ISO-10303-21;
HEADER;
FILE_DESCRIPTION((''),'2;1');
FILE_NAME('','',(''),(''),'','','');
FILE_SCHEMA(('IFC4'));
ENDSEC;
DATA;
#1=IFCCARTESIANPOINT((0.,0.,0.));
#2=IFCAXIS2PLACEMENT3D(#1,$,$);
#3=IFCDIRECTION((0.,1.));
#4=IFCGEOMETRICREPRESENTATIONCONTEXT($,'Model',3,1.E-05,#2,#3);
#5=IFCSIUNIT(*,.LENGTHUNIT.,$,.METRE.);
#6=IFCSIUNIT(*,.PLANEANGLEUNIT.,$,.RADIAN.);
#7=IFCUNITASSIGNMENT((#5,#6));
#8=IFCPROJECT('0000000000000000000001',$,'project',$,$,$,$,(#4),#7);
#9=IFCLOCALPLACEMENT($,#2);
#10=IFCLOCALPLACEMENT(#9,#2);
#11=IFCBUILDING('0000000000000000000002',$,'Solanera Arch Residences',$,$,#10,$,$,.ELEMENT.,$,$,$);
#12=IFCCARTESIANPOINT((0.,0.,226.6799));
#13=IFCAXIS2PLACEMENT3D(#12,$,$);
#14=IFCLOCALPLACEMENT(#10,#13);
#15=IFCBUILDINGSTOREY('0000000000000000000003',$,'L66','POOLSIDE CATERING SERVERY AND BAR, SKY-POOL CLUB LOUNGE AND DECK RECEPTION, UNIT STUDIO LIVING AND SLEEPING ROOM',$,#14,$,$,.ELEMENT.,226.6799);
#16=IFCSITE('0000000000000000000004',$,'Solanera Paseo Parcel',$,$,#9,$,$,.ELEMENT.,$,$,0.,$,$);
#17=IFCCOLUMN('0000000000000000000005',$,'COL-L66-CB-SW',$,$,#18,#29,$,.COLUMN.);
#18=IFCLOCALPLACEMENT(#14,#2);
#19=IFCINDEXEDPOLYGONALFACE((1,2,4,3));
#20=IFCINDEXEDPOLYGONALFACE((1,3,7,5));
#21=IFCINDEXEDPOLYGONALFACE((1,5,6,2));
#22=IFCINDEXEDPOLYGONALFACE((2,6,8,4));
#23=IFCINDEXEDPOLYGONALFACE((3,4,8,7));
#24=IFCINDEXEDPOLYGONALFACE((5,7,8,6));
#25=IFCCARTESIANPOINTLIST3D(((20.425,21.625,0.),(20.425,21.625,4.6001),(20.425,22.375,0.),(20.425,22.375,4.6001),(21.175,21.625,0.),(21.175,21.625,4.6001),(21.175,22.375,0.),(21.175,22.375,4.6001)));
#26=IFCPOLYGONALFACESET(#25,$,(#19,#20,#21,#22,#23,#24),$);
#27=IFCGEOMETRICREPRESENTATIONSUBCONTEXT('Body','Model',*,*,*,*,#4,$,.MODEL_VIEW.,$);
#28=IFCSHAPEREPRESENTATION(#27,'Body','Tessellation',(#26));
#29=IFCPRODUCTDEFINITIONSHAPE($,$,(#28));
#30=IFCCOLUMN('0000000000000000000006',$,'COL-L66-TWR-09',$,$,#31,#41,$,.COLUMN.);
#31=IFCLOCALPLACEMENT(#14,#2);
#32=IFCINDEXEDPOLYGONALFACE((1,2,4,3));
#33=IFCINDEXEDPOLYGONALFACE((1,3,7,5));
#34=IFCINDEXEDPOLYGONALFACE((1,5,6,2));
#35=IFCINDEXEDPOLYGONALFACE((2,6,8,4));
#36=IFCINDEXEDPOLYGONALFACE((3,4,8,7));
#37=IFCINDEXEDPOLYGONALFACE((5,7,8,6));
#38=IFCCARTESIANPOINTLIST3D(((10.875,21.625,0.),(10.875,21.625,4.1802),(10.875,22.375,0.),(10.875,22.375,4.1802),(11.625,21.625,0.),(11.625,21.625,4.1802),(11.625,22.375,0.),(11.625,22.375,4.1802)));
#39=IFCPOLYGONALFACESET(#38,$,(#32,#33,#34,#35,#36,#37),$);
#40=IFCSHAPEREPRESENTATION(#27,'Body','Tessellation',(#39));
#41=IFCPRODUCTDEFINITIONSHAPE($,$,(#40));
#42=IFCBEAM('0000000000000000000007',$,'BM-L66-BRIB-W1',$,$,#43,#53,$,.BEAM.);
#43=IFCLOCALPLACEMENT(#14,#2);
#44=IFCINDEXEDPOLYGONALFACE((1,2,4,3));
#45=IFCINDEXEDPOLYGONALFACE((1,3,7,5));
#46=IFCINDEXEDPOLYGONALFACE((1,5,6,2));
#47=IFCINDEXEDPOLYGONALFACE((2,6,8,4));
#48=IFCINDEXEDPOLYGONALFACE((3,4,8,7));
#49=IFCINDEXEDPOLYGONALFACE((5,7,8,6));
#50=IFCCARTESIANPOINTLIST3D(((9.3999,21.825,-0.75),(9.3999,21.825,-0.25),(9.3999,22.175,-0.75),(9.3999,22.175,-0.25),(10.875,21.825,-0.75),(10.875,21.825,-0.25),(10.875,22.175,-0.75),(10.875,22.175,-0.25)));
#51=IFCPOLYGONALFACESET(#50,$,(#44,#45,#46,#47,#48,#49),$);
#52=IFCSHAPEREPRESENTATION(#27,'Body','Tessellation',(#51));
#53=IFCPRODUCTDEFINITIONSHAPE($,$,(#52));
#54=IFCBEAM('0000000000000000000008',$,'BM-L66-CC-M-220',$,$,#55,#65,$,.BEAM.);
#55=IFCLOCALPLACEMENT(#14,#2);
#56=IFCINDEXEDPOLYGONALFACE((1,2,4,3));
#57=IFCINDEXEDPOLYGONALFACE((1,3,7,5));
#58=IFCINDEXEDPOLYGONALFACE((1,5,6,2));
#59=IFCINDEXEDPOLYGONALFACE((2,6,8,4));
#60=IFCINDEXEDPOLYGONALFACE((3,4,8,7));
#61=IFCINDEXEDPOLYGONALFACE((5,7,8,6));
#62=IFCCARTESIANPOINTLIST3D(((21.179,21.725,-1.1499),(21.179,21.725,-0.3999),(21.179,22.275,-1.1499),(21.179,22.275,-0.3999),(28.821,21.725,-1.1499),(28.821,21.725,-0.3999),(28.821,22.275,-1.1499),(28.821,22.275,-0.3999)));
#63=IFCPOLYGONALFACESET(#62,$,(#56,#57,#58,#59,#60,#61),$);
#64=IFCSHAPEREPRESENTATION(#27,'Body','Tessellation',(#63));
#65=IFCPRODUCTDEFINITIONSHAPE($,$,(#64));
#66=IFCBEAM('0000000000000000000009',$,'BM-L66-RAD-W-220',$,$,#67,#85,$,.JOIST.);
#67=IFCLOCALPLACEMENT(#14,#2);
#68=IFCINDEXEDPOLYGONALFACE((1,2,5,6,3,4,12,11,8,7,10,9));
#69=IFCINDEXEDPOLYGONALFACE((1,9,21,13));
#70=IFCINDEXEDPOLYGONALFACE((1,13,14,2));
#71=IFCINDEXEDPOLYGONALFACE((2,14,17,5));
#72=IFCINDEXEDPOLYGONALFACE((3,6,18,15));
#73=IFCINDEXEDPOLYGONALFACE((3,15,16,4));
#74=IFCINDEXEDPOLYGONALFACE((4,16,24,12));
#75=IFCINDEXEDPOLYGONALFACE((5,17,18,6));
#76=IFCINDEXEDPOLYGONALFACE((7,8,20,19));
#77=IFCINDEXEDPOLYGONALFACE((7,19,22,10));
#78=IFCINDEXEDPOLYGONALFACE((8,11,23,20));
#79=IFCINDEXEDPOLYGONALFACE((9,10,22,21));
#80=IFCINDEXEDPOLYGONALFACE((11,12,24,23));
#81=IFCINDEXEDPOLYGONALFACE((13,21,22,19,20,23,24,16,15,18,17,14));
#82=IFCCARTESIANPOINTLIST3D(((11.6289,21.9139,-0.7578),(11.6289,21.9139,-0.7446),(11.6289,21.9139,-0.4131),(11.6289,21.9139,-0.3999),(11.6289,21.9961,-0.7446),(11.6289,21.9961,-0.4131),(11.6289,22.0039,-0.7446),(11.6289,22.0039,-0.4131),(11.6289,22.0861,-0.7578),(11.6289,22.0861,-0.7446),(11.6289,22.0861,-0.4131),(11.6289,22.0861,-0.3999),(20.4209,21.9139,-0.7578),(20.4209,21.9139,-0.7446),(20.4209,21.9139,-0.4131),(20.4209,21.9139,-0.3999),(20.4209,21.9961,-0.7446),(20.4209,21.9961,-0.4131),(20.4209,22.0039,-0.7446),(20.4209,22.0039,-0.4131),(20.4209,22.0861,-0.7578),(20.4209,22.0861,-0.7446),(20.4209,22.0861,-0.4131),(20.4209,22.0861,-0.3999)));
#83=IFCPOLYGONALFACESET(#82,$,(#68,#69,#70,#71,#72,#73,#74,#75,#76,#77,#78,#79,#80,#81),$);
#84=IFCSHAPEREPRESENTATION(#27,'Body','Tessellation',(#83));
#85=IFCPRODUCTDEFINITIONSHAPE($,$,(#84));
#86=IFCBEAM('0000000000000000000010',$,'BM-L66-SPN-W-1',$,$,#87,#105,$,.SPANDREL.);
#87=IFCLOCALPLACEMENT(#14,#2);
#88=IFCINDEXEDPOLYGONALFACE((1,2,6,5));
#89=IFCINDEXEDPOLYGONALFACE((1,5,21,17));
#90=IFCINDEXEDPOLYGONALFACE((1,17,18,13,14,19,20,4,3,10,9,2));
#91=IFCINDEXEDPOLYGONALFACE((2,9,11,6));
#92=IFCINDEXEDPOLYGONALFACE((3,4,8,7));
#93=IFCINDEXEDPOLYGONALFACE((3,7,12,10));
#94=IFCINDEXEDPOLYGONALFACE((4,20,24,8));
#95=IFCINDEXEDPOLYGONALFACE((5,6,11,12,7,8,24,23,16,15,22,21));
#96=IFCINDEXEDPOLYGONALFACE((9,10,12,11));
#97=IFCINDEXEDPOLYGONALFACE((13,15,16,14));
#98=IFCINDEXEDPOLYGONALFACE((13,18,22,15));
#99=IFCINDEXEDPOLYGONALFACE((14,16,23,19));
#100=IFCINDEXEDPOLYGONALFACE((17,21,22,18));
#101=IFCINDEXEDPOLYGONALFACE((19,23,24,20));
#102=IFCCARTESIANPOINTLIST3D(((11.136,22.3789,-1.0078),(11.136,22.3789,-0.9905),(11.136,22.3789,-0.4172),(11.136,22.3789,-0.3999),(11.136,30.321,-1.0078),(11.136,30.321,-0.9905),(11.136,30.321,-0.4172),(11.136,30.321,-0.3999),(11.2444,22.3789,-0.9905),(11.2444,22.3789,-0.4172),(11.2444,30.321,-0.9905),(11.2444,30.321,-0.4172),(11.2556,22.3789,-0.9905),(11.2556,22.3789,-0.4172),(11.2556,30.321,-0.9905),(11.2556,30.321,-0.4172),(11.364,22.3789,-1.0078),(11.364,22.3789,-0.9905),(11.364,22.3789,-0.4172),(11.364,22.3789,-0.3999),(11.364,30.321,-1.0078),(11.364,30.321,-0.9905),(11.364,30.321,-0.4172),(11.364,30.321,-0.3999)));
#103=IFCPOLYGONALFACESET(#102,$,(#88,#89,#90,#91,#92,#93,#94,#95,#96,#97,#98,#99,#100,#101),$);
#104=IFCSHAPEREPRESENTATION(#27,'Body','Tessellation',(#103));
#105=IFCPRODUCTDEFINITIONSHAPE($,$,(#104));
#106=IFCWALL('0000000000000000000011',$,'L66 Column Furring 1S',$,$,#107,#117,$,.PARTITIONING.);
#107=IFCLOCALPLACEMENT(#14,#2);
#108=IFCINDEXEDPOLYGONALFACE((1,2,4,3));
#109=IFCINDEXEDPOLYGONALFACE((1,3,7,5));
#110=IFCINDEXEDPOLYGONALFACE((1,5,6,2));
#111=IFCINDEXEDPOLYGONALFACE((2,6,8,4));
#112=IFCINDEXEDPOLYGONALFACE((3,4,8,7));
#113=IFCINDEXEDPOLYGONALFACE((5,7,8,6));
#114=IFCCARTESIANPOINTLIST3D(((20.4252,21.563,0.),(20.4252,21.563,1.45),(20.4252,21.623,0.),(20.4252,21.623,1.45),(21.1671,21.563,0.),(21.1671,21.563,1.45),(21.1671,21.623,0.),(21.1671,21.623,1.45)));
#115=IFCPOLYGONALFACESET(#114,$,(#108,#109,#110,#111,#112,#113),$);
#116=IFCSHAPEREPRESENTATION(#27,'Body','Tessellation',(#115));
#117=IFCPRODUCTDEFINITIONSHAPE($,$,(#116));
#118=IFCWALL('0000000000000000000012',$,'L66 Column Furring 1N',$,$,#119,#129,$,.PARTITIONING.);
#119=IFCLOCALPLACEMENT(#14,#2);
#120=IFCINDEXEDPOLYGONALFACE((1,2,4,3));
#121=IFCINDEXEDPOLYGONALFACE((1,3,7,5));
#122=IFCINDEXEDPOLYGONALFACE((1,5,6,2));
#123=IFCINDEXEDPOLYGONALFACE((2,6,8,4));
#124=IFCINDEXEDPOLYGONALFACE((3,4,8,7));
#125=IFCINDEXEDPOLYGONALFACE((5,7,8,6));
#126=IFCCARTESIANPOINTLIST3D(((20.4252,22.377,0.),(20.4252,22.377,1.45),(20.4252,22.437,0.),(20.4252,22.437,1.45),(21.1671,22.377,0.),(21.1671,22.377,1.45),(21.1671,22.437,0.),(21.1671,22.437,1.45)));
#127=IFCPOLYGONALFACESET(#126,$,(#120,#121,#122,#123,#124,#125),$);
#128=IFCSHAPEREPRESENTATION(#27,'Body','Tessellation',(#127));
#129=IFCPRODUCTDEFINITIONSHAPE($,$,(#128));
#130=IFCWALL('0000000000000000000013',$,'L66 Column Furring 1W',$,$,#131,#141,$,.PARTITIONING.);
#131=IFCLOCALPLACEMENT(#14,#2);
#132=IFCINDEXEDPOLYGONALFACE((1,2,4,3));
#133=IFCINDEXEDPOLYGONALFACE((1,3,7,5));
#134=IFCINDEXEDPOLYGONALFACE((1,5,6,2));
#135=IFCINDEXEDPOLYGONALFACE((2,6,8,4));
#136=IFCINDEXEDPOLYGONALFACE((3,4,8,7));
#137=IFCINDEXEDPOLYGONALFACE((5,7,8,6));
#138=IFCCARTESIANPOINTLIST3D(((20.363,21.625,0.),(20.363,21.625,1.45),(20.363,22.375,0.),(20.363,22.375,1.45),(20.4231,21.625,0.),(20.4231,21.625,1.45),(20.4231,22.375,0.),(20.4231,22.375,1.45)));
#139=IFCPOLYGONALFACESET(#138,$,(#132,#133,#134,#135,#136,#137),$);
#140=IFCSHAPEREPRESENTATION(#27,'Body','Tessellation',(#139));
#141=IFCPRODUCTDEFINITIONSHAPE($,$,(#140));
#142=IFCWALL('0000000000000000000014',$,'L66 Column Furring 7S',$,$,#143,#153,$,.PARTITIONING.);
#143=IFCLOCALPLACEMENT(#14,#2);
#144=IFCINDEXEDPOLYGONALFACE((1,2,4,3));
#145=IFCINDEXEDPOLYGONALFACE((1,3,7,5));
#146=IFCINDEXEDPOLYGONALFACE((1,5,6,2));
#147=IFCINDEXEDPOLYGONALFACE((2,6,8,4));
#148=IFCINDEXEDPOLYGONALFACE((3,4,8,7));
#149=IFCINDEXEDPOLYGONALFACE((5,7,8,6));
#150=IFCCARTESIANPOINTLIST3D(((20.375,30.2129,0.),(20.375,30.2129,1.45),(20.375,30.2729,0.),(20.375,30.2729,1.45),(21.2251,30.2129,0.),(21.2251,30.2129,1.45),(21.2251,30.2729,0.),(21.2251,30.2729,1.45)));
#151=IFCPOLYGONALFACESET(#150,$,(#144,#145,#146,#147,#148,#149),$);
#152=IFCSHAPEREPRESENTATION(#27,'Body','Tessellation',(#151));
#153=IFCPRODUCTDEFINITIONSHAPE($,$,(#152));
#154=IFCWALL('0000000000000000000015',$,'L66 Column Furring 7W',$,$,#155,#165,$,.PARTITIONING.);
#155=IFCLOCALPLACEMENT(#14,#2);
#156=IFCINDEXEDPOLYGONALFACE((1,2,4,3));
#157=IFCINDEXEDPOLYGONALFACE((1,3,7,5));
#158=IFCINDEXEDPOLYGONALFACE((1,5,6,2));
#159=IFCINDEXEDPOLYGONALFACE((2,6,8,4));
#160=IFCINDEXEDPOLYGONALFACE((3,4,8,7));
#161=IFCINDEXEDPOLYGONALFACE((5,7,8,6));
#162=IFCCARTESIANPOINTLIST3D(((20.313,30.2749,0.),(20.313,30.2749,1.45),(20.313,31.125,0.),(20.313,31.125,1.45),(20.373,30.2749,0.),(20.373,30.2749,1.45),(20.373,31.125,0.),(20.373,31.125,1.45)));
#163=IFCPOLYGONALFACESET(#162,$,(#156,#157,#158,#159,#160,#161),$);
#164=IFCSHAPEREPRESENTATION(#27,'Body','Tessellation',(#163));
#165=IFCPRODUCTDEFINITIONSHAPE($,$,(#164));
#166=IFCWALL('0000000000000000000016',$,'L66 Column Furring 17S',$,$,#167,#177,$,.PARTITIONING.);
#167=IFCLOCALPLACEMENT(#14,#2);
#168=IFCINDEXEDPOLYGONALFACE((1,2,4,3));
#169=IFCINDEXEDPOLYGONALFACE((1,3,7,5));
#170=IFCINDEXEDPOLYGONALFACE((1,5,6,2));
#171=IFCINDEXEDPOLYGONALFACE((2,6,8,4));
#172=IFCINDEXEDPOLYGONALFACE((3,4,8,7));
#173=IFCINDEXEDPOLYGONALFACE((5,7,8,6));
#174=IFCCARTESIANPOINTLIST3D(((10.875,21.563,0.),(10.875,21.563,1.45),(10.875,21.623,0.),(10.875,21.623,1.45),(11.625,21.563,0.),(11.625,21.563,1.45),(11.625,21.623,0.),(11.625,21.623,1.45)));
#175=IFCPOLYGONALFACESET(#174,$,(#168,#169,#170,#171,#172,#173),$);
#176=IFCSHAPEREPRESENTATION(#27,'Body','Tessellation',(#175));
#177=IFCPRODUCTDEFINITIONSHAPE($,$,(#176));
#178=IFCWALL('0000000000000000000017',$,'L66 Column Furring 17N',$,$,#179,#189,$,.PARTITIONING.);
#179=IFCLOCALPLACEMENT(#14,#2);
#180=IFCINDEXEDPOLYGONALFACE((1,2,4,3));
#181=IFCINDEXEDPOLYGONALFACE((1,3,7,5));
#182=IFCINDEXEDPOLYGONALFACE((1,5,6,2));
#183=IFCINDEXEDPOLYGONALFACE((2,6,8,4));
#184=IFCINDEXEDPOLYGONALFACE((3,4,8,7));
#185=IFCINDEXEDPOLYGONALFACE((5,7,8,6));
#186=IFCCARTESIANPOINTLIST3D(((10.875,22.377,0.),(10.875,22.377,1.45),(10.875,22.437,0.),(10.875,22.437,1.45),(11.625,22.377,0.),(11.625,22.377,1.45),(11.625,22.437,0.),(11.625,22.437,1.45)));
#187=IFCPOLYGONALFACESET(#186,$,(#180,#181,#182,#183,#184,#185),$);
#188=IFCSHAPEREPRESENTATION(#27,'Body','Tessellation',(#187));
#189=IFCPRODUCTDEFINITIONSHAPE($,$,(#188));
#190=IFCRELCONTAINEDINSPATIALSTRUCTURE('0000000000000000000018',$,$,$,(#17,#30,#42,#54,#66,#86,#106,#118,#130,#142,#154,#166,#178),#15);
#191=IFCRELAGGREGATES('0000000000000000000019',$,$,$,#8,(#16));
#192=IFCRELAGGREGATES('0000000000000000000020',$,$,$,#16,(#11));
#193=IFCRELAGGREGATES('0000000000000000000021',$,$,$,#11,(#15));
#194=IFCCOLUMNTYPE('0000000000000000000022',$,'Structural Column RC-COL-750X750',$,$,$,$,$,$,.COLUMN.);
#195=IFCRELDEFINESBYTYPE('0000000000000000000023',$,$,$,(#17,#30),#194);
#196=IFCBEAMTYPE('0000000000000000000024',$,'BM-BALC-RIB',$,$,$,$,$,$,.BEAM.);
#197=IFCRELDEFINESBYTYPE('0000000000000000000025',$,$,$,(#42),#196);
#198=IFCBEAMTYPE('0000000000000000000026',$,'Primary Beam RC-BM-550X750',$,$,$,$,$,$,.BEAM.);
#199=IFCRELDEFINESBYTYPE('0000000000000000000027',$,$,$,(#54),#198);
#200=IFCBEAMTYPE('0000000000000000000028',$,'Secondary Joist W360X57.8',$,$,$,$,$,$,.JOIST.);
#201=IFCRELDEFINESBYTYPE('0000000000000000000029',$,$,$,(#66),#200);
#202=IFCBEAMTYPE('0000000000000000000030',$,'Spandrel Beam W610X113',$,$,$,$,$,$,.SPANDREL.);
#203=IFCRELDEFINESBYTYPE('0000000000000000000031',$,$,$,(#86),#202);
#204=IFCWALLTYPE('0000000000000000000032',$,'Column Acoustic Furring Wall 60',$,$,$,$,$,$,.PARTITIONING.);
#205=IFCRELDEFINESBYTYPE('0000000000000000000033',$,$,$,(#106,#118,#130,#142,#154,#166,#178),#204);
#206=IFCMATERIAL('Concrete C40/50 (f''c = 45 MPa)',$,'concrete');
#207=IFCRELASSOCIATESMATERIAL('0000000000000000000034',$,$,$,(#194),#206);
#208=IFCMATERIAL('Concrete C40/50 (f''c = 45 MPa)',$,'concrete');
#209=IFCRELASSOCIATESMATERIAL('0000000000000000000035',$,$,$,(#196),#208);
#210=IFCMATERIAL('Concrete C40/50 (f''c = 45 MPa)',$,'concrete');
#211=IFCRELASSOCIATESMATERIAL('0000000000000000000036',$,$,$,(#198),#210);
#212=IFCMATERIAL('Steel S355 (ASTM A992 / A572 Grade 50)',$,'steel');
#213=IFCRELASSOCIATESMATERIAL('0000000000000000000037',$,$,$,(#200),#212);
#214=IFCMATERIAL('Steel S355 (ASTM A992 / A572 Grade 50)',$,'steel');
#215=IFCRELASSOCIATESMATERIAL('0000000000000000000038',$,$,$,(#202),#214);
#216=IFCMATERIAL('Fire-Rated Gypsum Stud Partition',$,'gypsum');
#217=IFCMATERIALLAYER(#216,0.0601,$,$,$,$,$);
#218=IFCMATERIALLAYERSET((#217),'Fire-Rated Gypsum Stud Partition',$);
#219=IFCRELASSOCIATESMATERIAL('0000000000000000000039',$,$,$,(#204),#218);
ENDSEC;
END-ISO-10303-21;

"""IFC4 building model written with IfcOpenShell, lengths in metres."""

from ifc_helpers import new_model, si_unit, direction, frame, frame_2d, origin, origin_2d, place, context, subcontext, project, spatial, rectangle, i_section, extrude, material, layer, layer_set, material_profile, profile_set, type_object, element, save


model = new_model("IFC4")

# Units and contexts
model_context = context("Model", 3, precision=1e-05, world=origin(), true_north=direction((0.0, 1.0)))
body_context = subcontext(model_context, "Body", "Model", "MODEL_VIEW")
ifc_project = project(units=[si_unit("LENGTHUNIT", "METRE"), si_unit("PLANEANGLEUNIT", "RADIAN")], contexts=[model_context])

# Site, building, storey
site_placement = place(None, origin())
site = spatial("IfcSite", under=ifc_project, at=site_placement, Name="Solanera Paseo Parcel", CompositionType="ELEMENT", RefElevation=0.0)
building_placement = place(site_placement, origin())
building = spatial("IfcBuilding", under=site, at=building_placement, Name="Solanera Arch Residences", CompositionType="ELEMENT")
storey_placement = place(building_placement, frame((0.0, 0.0, 226.6799)))
storey = spatial("IfcBuildingStorey", under=building, at=storey_placement, Name="L66", Description="POOLSIDE CATERING SERVERY AND BAR, SKY-POOL CLUB LOUNGE AND DECK RECEPTION, UNIT STUDIO LIVING AND SLEEPING ROOM", CompositionType="ELEMENT", Elevation=226.6799)

# Columns
ifc_material_1 = material(Name="Concrete C40/50 (f'c = 45 MPa)", Category="concrete")
ifc_material_profile_1 = material_profile(ifc_material_1, rectangle(XDim=0.75, YDim=0.75, at=origin_2d()))
ifc_profile_set_1 = profile_set([ifc_material_profile_1], Name="Concrete C40/50 (f'c = 45 MPa)")
column_type = type_object("IfcColumnType", Name="Structural Column RC-COL-750X750", PredefinedType="COLUMN", material=ifc_profile_set_1)
column_1_placement = place(storey_placement, frame((20.8, 22.0, 0.0), z_axis=(0.0, 0.0, 1.0), x_axis=(1.0, 0.0, 0.0)))
element("IfcColumn", 1, at=column_1_placement, inside=storey, type_object=column_type, Name="COL-L66-CB-SW", PredefinedType="COLUMN", context=body_context, shape_type="SweptSolid", body=[
    extrude(rectangle(XDim=0.75, YDim=0.75, at=origin_2d()), origin(), (0.0, 0.0, 1.0), 4.6001),
])
column_2_placement = place(storey_placement, frame((11.25, 22.0, 0.0), z_axis=(0.0, 0.0, 1.0), x_axis=(1.0, 0.0, 0.0)))
element("IfcColumn", 2, at=column_2_placement, inside=storey, type_object=column_type, Name="COL-L66-TWR-09", PredefinedType="COLUMN", context=body_context, shape_type="SweptSolid", body=[
    extrude(rectangle(XDim=0.75, YDim=0.75, at=origin_2d()), origin(), (0.0, 0.0, 1.0), 4.1802),
])

# Beams
ifc_material_2 = material(Name="Concrete C40/50 (f'c = 45 MPa)", Category="concrete")
ifc_material_profile_2 = material_profile(ifc_material_2, rectangle(XDim=0.3501, YDim=0.5, at=origin_2d()))
ifc_profile_set_2 = profile_set([ifc_material_profile_2], Name="Concrete C40/50 (f'c = 45 MPa)")
beam_type_1 = type_object("IfcBeamType", Name="BM-BALC-RIB", PredefinedType="BEAM", material=ifc_profile_set_2)
beam_1_placement = place(storey_placement, frame((9.3999, 22.0, -0.5), z_axis=(1.0, 0.0, 0.0), x_axis=(0.0, 1.0, 0.0)))
element("IfcBeam", 3, at=beam_1_placement, inside=storey, type_object=beam_type_1, Name="BM-L66-BRIB-W1", PredefinedType="BEAM", context=body_context, shape_type="SweptSolid", body=[
    extrude(rectangle(XDim=0.3501, YDim=0.5, at=origin_2d()), origin(), (0.0, 0.0, 1.0), 1.4751),
])
ifc_material_3 = material(Name="Concrete C40/50 (f'c = 45 MPa)", Category="concrete")
ifc_material_profile_3 = material_profile(ifc_material_3, rectangle(XDim=0.55, YDim=0.75, at=origin_2d()))
ifc_profile_set_3 = profile_set([ifc_material_profile_3], Name="Concrete C40/50 (f'c = 45 MPa)")
beam_type_2 = type_object("IfcBeamType", Name="Primary Beam RC-BM-550X750", PredefinedType="BEAM", material=ifc_profile_set_3)
beam_2_placement = place(storey_placement, frame((21.179, 22.0, -0.7749), z_axis=(1.0, 0.0, 0.0), x_axis=(0.0, 1.0, 0.0)))
element("IfcBeam", 4, at=beam_2_placement, inside=storey, type_object=beam_type_2, Name="BM-L66-CC-M-220", PredefinedType="BEAM", context=body_context, shape_type="SweptSolid", body=[
    extrude(rectangle(XDim=0.55, YDim=0.75, at=origin_2d()), origin(), (0.0, 0.0, 1.0), 7.6421),
])
ifc_material_4 = material(Name="Steel S355 (ASTM A992 / A572 Grade 50)", Category="steel")
ifc_material_profile_4 = material_profile(ifc_material_4, i_section(OverallWidth=0.1721, OverallDepth=0.3579, WebThickness=0.0078, FlangeThickness=0.0132, at=origin_2d()))
ifc_profile_set_4 = profile_set([ifc_material_profile_4], Name="Steel S355 (ASTM A992 / A572 Grade 50)")
beam_type_3 = type_object("IfcBeamType", Name="Secondary Joist W360X57.8", PredefinedType="JOIST", material=ifc_profile_set_4)
beam_3_placement = place(storey_placement, frame((11.6289, 22.0, -0.5789), z_axis=(1.0, 0.0, 0.0), x_axis=(0.0, 1.0, 0.0)))
element("IfcBeam", 5, at=beam_3_placement, inside=storey, type_object=beam_type_3, Name="BM-L66-RAD-W-220", PredefinedType="JOIST", context=body_context, shape_type="SweptSolid", body=[
    extrude(i_section(OverallWidth=0.1721, OverallDepth=0.3579, WebThickness=0.0078, FlangeThickness=0.0132, at=origin_2d()), origin(), (0.0, 0.0, 1.0), 8.792),
])
ifc_material_5 = material(Name="Steel S355 (ASTM A992 / A572 Grade 50)", Category="steel")
ifc_material_profile_5 = material_profile(ifc_material_5, i_section(OverallWidth=0.228, OverallDepth=0.6079, WebThickness=0.0112, FlangeThickness=0.0173, at=origin_2d()))
ifc_profile_set_5 = profile_set([ifc_material_profile_5], Name="Steel S355 (ASTM A992 / A572 Grade 50)")
beam_type_4 = type_object("IfcBeamType", Name="Spandrel Beam W610X113", PredefinedType="SPANDREL", material=ifc_profile_set_5)
beam_4_placement = place(storey_placement, frame((11.25, 22.3789, -0.7039), z_axis=(0.0, 1.0, 0.0), x_axis=(-1.0, 0.0, 0.0)))
element("IfcBeam", 6, at=beam_4_placement, inside=storey, type_object=beam_type_4, Name="BM-L66-SPN-W-1", PredefinedType="SPANDREL", context=body_context, shape_type="SweptSolid", body=[
    extrude(i_section(OverallWidth=0.228, OverallDepth=0.6079, WebThickness=0.0112, FlangeThickness=0.0173, at=origin_2d()), origin(), (0.0, 0.0, 1.0), 7.9421),
])

# Walls
ifc_material_6 = material(Name="Fire-Rated Gypsum Stud Partition", Category="gypsum")
ifc_layer_1 = layer(ifc_material_6, 0.0601)
ifc_layer_set_1 = layer_set([ifc_layer_1], Name="Fire-Rated Gypsum Stud Partition")
wall_type_1 = type_object("IfcWallType", Name="Column Acoustic Furring Wall 60", PredefinedType="PARTITIONING", material=ifc_layer_set_1)
for number, where, z_axis, x_axis, name in (
    (7, (20.425, 21.593, 0.0), (0.0, 0.0, 1.0), (1.0, 0.0, 0.0), "L66 Column Furring 1S"),
    (8, (20.425, 22.407, 0.0), (0.0, 0.0, 1.0), (1.0, 0.0, 0.0), "L66 Column Furring 1N"),
):
    element("IfcWall", number, at=place(storey_placement, frame(where, z_axis=z_axis, x_axis=x_axis)), inside=storey, type_object=wall_type_1, Name=name, PredefinedType="PARTITIONING", context=body_context, shape_type="SweptSolid", body=[
        extrude(rectangle(XDim=0.7419, YDim=0.0601, at=frame_2d((0.3711, 0.0))), origin(), (0.0, 0.0, 1.0), 1.45),
    ])
wall_1_placement = place(storey_placement, frame((20.3931, 21.625, 0.0), z_axis=(0.0, 0.0, 1.0), x_axis=(0.0, 1.0, 0.0)))
element("IfcWall", 9, at=wall_1_placement, inside=storey, type_object=wall_type_1, Name="L66 Column Furring 1W", PredefinedType="PARTITIONING", context=body_context, shape_type="SweptSolid", body=[
    extrude(rectangle(XDim=0.75, YDim=0.0601, at=frame_2d((0.375, 0.0))), origin(), (0.0, 0.0, 1.0), 1.45),
])
for number, where, z_axis, x_axis, name in (
    (10, (20.375, 30.2429, 0.0), (0.0, 0.0, 1.0), (1.0, 0.0, 0.0), "L66 Column Furring 7S"),
    (11, (20.343, 30.2749, 0.0), (0.0, 0.0, 1.0), (0.0, 1.0, 0.0), "L66 Column Furring 7W"),
):
    element("IfcWall", number, at=place(storey_placement, frame(where, z_axis=z_axis, x_axis=x_axis)), inside=storey, type_object=wall_type_1, Name=name, PredefinedType="PARTITIONING", context=body_context, shape_type="SweptSolid", body=[
        extrude(rectangle(XDim=0.8501, YDim=0.0601, at=frame_2d((0.425, 0.0))), origin(), (0.0, 0.0, 1.0), 1.45),
    ])
for number, where, z_axis, x_axis, name in (
    (12, (10.875, 21.593, 0.0), (0.0, 0.0, 1.0), (1.0, 0.0, 0.0), "L66 Column Furring 17S"),
    (13, (10.875, 22.407, 0.0), (0.0, 0.0, 1.0), (1.0, 0.0, 0.0), "L66 Column Furring 17N"),
):
    element("IfcWall", number, at=place(storey_placement, frame(where, z_axis=z_axis, x_axis=x_axis)), inside=storey, type_object=wall_type_1, Name=name, PredefinedType="PARTITIONING", context=body_context, shape_type="SweptSolid", body=[
        extrude(rectangle(XDim=0.75, YDim=0.0601, at=frame_2d((0.375, 0.0))), origin(), (0.0, 0.0, 1.0), 1.45),
    ])

save(model, "model.ifc")
